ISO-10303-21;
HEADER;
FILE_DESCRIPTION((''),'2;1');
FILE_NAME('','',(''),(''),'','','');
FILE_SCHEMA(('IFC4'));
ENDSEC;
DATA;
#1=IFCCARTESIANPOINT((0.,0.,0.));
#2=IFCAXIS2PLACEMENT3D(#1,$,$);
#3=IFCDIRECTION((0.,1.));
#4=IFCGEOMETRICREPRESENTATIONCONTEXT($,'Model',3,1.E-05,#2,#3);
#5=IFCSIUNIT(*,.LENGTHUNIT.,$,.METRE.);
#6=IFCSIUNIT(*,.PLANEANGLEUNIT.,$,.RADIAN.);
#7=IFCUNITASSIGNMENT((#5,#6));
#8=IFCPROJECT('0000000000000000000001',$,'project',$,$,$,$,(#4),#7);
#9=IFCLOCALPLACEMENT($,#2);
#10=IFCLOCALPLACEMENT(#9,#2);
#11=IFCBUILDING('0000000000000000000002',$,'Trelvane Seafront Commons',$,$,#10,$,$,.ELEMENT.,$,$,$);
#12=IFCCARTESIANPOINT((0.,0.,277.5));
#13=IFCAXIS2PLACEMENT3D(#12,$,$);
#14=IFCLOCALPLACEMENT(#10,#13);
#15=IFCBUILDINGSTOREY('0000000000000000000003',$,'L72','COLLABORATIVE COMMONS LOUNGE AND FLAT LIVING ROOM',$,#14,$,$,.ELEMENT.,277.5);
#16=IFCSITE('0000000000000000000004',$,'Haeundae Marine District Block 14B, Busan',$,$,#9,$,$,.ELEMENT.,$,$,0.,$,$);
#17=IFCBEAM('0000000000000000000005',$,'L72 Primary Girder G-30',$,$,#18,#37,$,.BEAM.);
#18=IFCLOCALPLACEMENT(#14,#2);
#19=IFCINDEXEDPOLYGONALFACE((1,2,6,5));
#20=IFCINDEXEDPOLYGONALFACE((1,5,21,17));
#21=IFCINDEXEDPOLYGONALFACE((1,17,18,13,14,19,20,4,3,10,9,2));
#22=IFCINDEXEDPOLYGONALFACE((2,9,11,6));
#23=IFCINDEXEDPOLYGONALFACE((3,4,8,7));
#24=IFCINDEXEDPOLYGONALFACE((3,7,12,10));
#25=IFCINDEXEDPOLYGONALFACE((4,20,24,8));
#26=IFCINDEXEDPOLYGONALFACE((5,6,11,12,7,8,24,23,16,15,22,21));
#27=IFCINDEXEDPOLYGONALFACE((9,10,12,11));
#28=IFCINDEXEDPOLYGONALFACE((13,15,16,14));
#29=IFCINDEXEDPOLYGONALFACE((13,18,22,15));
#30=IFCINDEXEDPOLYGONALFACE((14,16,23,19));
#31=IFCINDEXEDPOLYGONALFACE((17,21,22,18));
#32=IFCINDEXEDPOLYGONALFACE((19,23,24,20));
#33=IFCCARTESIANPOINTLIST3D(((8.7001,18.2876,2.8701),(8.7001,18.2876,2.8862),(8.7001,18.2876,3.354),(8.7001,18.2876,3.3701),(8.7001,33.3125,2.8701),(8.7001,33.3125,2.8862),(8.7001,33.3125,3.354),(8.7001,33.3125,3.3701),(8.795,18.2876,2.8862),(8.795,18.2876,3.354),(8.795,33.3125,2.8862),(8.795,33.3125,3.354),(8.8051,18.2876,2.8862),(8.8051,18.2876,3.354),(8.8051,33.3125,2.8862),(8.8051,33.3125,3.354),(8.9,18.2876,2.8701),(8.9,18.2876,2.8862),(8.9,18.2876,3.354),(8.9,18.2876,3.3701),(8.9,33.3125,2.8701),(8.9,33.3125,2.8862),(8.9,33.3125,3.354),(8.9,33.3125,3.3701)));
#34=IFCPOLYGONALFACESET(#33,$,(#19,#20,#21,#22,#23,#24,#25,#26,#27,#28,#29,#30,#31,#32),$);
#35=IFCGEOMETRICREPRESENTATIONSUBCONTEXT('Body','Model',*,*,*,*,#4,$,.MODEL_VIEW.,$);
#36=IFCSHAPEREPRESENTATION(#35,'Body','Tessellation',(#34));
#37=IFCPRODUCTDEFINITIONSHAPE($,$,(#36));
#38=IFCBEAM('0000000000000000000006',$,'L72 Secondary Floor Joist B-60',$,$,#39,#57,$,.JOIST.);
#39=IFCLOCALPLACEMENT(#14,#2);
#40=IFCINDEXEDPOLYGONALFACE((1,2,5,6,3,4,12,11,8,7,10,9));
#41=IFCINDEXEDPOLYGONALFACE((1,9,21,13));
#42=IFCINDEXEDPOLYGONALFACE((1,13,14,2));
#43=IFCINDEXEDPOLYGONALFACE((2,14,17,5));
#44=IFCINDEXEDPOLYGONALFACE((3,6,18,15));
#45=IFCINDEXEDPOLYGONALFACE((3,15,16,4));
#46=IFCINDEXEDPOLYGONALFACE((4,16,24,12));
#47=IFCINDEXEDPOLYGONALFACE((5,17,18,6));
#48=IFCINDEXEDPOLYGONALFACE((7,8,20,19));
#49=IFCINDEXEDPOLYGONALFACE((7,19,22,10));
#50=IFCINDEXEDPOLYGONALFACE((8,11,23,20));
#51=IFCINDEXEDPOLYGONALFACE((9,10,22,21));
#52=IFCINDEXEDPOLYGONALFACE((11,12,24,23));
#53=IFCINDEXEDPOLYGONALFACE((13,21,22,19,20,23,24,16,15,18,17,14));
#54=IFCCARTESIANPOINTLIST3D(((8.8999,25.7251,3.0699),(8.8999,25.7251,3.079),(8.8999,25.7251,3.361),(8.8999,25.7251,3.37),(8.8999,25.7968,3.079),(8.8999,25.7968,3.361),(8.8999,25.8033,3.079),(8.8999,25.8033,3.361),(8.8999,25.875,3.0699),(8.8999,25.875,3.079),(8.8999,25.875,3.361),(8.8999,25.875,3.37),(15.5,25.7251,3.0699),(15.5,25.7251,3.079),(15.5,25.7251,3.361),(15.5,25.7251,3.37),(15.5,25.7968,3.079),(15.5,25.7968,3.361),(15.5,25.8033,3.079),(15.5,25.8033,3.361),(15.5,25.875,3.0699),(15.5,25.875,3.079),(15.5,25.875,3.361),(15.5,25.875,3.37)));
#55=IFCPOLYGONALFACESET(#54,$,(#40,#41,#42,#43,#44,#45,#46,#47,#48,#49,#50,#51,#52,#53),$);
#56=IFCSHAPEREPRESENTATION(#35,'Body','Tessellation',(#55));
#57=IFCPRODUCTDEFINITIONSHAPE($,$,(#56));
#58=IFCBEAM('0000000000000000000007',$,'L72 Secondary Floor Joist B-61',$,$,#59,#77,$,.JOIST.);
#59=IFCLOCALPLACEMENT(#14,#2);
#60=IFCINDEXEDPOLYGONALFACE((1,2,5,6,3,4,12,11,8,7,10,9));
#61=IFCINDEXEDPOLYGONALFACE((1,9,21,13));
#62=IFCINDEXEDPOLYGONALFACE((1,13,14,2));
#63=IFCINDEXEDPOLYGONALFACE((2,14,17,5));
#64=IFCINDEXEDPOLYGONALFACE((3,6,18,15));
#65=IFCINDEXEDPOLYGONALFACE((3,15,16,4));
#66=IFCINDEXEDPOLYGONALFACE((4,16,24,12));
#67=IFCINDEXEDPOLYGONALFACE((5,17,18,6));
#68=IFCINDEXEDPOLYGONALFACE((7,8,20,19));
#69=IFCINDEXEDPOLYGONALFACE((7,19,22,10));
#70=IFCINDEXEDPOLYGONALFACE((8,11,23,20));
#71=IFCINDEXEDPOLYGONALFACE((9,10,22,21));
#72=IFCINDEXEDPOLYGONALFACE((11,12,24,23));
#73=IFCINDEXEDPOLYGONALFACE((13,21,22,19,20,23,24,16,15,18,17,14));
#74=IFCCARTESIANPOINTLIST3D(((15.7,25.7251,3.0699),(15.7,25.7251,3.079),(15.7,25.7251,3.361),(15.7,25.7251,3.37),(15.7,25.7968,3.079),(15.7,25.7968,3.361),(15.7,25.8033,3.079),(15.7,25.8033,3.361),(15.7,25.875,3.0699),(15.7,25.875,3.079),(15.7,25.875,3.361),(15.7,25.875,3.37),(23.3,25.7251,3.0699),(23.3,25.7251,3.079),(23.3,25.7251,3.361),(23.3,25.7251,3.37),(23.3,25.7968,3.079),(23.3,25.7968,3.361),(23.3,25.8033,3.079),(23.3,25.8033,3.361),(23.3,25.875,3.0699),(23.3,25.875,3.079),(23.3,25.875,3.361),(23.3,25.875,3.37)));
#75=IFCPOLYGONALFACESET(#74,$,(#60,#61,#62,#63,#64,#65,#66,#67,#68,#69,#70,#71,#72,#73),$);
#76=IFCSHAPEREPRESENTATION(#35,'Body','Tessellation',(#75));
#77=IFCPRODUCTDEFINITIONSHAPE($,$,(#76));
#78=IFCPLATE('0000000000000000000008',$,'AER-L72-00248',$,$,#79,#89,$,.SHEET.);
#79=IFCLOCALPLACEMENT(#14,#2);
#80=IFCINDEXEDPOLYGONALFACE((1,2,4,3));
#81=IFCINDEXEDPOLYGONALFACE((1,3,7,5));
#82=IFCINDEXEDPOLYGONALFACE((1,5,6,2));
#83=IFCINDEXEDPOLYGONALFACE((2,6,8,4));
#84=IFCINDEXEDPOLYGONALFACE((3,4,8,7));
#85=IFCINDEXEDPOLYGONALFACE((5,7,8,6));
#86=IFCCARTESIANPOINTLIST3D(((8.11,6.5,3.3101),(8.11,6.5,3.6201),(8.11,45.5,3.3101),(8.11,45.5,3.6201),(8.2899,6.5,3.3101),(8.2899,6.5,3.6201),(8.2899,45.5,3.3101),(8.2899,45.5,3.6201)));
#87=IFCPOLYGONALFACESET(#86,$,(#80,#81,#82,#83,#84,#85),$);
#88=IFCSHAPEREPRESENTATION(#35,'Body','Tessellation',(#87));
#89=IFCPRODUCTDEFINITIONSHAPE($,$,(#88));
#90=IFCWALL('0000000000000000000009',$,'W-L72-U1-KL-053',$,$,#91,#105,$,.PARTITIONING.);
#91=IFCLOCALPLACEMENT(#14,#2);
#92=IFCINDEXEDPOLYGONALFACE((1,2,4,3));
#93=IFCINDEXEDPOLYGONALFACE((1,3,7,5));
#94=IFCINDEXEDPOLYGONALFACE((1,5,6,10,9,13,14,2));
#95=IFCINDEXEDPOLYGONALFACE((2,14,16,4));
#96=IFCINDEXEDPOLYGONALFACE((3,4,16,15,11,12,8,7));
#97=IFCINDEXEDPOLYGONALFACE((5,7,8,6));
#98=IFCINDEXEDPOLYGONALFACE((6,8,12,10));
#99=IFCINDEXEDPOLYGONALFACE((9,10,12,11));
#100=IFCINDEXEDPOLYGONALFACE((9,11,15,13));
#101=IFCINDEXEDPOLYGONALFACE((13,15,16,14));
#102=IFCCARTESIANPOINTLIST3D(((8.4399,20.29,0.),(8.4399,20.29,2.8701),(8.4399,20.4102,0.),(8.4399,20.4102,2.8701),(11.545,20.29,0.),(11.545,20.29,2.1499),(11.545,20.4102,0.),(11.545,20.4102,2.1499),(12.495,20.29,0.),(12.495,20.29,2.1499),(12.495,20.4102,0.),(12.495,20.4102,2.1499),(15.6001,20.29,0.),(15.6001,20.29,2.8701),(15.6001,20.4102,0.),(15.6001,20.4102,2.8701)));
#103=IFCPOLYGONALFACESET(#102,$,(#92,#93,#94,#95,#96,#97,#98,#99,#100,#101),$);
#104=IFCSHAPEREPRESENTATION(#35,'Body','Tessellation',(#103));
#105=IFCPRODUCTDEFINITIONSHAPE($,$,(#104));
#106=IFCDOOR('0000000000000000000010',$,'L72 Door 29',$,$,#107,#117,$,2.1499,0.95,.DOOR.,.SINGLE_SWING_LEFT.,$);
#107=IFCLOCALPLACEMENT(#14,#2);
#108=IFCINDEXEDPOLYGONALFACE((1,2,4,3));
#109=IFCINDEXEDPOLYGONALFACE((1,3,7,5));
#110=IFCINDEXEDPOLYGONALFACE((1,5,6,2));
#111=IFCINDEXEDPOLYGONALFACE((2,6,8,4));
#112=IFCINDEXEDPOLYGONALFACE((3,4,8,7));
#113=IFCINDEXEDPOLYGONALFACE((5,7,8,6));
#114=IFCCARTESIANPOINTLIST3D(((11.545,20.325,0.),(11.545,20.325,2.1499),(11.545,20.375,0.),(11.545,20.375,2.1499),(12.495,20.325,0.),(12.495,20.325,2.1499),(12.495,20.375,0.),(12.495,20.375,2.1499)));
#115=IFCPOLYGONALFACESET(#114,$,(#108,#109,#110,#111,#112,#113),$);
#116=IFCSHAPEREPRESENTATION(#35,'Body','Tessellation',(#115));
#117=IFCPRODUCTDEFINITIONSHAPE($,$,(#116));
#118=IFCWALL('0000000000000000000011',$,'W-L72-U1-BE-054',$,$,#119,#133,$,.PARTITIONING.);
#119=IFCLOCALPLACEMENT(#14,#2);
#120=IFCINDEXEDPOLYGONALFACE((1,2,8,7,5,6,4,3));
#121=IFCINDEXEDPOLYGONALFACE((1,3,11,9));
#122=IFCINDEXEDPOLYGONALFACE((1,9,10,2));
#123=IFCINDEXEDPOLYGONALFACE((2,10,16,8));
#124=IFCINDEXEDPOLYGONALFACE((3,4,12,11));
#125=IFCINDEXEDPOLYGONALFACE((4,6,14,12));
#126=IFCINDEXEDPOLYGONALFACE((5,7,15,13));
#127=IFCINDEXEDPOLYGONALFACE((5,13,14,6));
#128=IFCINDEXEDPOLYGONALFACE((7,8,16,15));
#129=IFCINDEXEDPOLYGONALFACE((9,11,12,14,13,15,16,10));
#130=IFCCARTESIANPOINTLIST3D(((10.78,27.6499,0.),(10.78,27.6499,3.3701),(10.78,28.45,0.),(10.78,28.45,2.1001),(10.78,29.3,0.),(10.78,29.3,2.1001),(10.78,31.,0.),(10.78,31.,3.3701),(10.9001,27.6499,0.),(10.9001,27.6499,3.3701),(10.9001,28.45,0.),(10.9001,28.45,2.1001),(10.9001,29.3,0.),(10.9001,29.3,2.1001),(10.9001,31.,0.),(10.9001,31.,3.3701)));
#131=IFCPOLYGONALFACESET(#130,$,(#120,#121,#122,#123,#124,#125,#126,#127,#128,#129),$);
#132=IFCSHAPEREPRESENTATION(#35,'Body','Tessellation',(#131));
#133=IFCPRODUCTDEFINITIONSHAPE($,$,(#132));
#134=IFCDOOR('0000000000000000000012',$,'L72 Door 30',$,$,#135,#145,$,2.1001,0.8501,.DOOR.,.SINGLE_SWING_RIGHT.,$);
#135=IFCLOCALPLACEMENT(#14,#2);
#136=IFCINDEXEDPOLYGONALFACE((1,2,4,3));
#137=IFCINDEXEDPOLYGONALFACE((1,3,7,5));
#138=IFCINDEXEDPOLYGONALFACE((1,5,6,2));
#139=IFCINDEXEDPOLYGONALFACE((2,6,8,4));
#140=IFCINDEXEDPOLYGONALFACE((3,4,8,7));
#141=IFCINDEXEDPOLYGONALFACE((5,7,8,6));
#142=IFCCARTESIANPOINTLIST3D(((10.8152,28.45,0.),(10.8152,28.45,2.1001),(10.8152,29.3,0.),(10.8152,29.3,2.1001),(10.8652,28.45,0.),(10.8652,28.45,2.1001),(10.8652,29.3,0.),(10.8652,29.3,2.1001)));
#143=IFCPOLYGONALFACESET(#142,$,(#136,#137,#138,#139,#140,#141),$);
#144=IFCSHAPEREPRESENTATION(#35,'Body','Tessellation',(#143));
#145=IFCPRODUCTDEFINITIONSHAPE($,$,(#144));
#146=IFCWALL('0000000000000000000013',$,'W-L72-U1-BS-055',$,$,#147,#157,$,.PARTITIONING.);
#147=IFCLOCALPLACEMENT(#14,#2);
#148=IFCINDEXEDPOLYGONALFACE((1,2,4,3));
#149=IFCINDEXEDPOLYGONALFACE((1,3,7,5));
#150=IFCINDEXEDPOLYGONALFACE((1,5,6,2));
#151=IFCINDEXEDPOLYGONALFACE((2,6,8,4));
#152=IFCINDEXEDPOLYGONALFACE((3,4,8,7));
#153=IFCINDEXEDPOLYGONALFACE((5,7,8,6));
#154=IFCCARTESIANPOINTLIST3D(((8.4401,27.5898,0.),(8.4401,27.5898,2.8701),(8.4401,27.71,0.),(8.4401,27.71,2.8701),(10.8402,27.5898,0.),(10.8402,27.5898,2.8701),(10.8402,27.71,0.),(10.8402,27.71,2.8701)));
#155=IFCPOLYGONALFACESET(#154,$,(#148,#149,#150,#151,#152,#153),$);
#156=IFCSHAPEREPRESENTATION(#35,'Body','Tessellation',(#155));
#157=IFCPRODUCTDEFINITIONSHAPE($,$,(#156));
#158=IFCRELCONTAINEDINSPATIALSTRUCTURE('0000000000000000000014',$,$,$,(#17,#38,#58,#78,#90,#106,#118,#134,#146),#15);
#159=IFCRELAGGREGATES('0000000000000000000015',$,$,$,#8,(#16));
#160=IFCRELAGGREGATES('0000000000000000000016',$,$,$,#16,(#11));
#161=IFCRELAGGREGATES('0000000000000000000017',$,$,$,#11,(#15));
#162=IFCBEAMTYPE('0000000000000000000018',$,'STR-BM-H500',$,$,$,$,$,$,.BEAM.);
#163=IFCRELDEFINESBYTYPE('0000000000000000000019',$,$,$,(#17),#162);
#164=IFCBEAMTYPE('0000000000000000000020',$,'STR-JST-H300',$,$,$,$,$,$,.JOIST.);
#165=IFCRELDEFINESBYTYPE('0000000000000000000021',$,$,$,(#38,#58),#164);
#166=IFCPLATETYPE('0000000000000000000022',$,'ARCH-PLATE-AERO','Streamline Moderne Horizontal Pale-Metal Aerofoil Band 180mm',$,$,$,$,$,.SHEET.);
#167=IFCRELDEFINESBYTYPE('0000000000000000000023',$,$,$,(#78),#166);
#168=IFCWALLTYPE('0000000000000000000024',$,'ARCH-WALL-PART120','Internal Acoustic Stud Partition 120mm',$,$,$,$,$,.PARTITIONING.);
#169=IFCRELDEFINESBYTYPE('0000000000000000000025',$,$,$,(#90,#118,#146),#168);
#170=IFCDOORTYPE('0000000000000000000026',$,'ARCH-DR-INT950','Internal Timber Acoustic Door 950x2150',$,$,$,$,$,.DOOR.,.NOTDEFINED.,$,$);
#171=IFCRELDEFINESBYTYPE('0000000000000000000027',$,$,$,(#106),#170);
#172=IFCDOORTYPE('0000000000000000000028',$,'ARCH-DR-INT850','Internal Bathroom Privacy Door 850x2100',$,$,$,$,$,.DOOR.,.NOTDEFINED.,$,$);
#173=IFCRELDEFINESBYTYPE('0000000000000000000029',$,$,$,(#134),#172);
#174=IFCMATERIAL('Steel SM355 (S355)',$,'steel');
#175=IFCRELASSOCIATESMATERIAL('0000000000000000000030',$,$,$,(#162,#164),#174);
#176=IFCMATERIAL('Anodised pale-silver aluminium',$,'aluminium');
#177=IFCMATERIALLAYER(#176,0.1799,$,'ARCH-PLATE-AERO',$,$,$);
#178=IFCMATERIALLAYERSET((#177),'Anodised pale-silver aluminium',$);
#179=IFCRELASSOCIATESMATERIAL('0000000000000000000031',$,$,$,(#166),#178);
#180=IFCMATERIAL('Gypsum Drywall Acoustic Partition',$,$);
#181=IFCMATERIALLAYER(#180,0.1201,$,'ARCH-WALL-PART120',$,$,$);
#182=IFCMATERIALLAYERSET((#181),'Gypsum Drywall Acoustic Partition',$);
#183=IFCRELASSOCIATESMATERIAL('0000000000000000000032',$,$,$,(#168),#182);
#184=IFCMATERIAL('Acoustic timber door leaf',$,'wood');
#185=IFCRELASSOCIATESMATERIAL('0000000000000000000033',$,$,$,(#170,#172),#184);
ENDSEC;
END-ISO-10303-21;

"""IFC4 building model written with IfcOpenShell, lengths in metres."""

from ifc_helpers import new_model, si_unit, direction, frame, frame_2d, origin, origin_2d, place, context, subcontext, project, spatial, rectangle, i_section, extrude, source, transform, mapped, material, layer, layer_set, material_profile, profile_set, type_object, element, fill, save


model = new_model("IFC4")

# Units and contexts
model_context = context("Model", 3, precision=1e-05, world=origin(), true_north=direction((0.0, 1.0)))
body_context = subcontext(model_context, "Body", "Model", "MODEL_VIEW")
ifc_project = project(units=[si_unit("LENGTHUNIT", "METRE"), si_unit("PLANEANGLEUNIT", "RADIAN")], contexts=[model_context])

# Site, building, storey
site_placement = place(None, origin())
site = spatial("IfcSite", under=ifc_project, at=site_placement, Name="Haeundae Marine District Block 14B, Busan", CompositionType="ELEMENT", RefElevation=0.0)
building_placement = place(site_placement, origin())
building = spatial("IfcBuilding", under=site, at=building_placement, Name="Trelvane Seafront Commons", CompositionType="ELEMENT")
storey_placement = place(building_placement, frame((0.0, 0.0, 277.5)))
storey = spatial("IfcBuildingStorey", under=building, at=storey_placement, Name="L72", Description="COLLABORATIVE COMMONS LOUNGE AND FLAT LIVING ROOM", CompositionType="ELEMENT", Elevation=277.5)

# Shared definitions
ifc_material_1 = material(Name="Steel SM355 (S355)", Category="steel")

# Beams
ifc_material_profile_1 = material_profile(ifc_material_1, i_section(OverallWidth=0.2, OverallDepth=0.5, WebThickness=0.01, FlangeThickness=0.0161, at=origin_2d()), Name="H-500x200x10x16")
ifc_profile_set_1 = profile_set([ifc_material_profile_1], Name="Steel SM355 (S355)")
beam_type_1 = type_object("IfcBeamType", Name="STR-BM-H500", PredefinedType="BEAM", material=ifc_profile_set_1)
shared_shape_1 = source(origin(), body_context, "Body", "SweptSolid", [
    extrude(i_section(OverallWidth=0.2, OverallDepth=0.5, WebThickness=0.01, FlangeThickness=0.0161, at=origin_2d()), origin(), (0.0, 0.0, 1.0), 15.0249),
])
beam_1_placement = place(storey_placement, frame((8.8, 18.2876, 3.1201), z_axis=(0.0, 1.0, 0.0), x_axis=(-1.0, 0.0, 0.0)))
element("IfcBeam", 1, at=beam_1_placement, inside=storey, type_object=beam_type_1, Name="L72 Primary Girder G-30", PredefinedType="BEAM", context=body_context, shape_type="MappedRepresentation", body=[
    mapped(shared_shape_1, transform((0.0, 0.0, 0.0), x_axis=(1.0, 0.0, 0.0), y_axis=(0.0, 1.0, 0.0), z_axis=(0.0, 0.0, 1.0), scale=1.0)),
])
ifc_material_profile_2 = material_profile(ifc_material_1, i_section(OverallWidth=0.1499, OverallDepth=0.3, WebThickness=0.0066, FlangeThickness=0.009, at=origin_2d()), Name="H-300x150x6.5x9")
ifc_profile_set_2 = profile_set([ifc_material_profile_2], Name="Steel SM355 (S355)")
beam_type_2 = type_object("IfcBeamType", Name="STR-JST-H300", PredefinedType="JOIST", material=ifc_profile_set_2)
shared_shape_2 = source(origin(), body_context, "Body", "SweptSolid", [
    extrude(i_section(OverallWidth=0.1499, OverallDepth=0.3, WebThickness=0.0066, FlangeThickness=0.009, at=origin_2d()), origin(), (0.0, 0.0, 1.0), 6.6001),
])
beam_2_placement = place(storey_placement, frame((8.8999, 25.8, 3.22), z_axis=(1.0, 0.0, 0.0), x_axis=(0.0, 1.0, 0.0)))
element("IfcBeam", 2, at=beam_2_placement, inside=storey, type_object=beam_type_2, Name="L72 Secondary Floor Joist B-60", PredefinedType="JOIST", context=body_context, shape_type="MappedRepresentation", body=[
    mapped(shared_shape_2, transform((0.0, 0.0, 0.0), x_axis=(1.0, 0.0, 0.0), y_axis=(0.0, 1.0, 0.0), z_axis=(0.0, 0.0, 1.0), scale=1.0)),
])
shared_shape_3 = source(origin(), body_context, "Body", "SweptSolid", [
    extrude(i_section(OverallWidth=0.1499, OverallDepth=0.3, WebThickness=0.0066, FlangeThickness=0.009, at=origin_2d()), origin(), (0.0, 0.0, 1.0), 7.6001),
])
beam_3_placement = place(storey_placement, frame((15.7, 25.8, 3.22), z_axis=(1.0, 0.0, 0.0), x_axis=(0.0, 1.0, 0.0)))
element("IfcBeam", 3, at=beam_3_placement, inside=storey, type_object=beam_type_2, Name="L72 Secondary Floor Joist B-61", PredefinedType="JOIST", context=body_context, shape_type="MappedRepresentation", body=[
    mapped(shared_shape_3, transform((0.0, 0.0, 0.0), x_axis=(1.0, 0.0, 0.0), y_axis=(0.0, 1.0, 0.0), z_axis=(0.0, 0.0, 1.0), scale=1.0)),
])

# Plate
ifc_material_2 = material(Name="Anodised pale-silver aluminium", Category="aluminium")
ifc_layer_1 = layer(ifc_material_2, 0.1799, Name="ARCH-PLATE-AERO")
ifc_layer_set_1 = layer_set([ifc_layer_1], Name="Anodised pale-silver aluminium")
plate_type = type_object("IfcPlateType", Name="ARCH-PLATE-AERO", Description="Streamline Moderne Horizontal Pale-Metal Aerofoil Band 180mm", PredefinedType="SHEET", material=ifc_layer_set_1)
shared_shape_4 = source(origin(), body_context, "Body", "SweptSolid", [
    extrude(rectangle(XDim=39.0, YDim=0.1799, at=origin_2d()), origin(), (0.0, 0.0, 1.0), 0.3101),
])
plate_placement = place(storey_placement, frame((8.2, 26.0, 3.3101), z_axis=(0.0, 0.0, 1.0), x_axis=(0.0, 1.0, 0.0)))
element("IfcPlate", 4, at=plate_placement, inside=storey, type_object=plate_type, Name="AER-L72-00248", PredefinedType="SHEET", context=body_context, shape_type="MappedRepresentation", body=[
    mapped(shared_shape_4, transform((0.0, 0.0, 0.0), x_axis=(1.0, 0.0, 0.0), y_axis=(0.0, 1.0, 0.0), z_axis=(0.0, 0.0, 1.0), scale=1.0)),
])

# Walls, openings, doors
ifc_material_3 = material(Name="Gypsum Drywall Acoustic Partition")
ifc_layer_2 = layer(ifc_material_3, 0.1201, Name="ARCH-WALL-PART120")
ifc_layer_set_2 = layer_set([ifc_layer_2], Name="Gypsum Drywall Acoustic Partition")
wall_type_1 = type_object("IfcWallType", Name="ARCH-WALL-PART120", Description="Internal Acoustic Stud Partition 120mm", PredefinedType="PARTITIONING", material=ifc_layer_set_2)
wall_1_placement = place(storey_placement, frame((8.4399, 20.3501, 0.0), z_axis=(0.0, 0.0, 1.0), x_axis=(1.0, 0.0, 0.0)))
wall_1 = element("IfcWall", 5, at=wall_1_placement, inside=storey, type_object=wall_type_1, Name="W-L72-U1-KL-053", PredefinedType="PARTITIONING", context=body_context, shape_type="SweptSolid", body=[
    extrude(rectangle(XDim=7.1602, YDim=0.1201, at=frame_2d((3.5801, 0.0))), origin(), (0.0, 0.0, 1.0), 2.8701),
])
opening_1_placement = place(wall_1_placement, frame((3.105, 0.0, 0.0)))
opening_1 = element("IfcOpeningElement", 6, at=opening_1_placement, cuts=wall_1, PredefinedType="OPENING", context=body_context, shape_type="SweptSolid", body=[
    extrude(rectangle(XDim=0.95, YDim=2.1499, at=frame_2d((0.4751, 1.075))), frame((0.0, 0.0701, 0.0), z_axis=(0.0, -1.0, 0.0), x_axis=(1.0, 0.0, 0.0)), (0.0, 0.0, 1.0), 0.1401),
])
ifc_material_4 = material(Name="Acoustic timber door leaf", Category="wood")
door_type_1 = type_object("IfcDoorType", Name="ARCH-DR-INT950", Description="Internal Timber Acoustic Door 950x2150", OperationType="NOTDEFINED", PredefinedType="DOOR", material=ifc_material_4)
shared_shape_5 = source(origin(), body_context, "Body", "SweptSolid", [
    extrude(rectangle(XDim=0.95, YDim=2.1499, at=frame_2d((0.4751, 1.075))), frame((0.0, 0.0249, 0.0), z_axis=(0.0, -1.0, 0.0), x_axis=(1.0, 0.0, 0.0)), (0.0, 0.0, 1.0), 0.05),
])
door_1_placement = place(opening_1_placement, origin())
door_1 = element("IfcDoor", 7, at=door_1_placement, inside=storey, type_object=door_type_1, Name="L72 Door 29", OperationType="SINGLE_SWING_LEFT", OverallHeight=2.1499, OverallWidth=0.95, PredefinedType="DOOR", context=body_context, shape_type="MappedRepresentation", body=[
    mapped(shared_shape_5, transform((0.0, 0.0, 0.0), x_axis=(1.0, 0.0, 0.0), y_axis=(0.0, 1.0, 0.0), z_axis=(0.0, 0.0, 1.0), scale=1.0)),
])
fill(opening_1, door_1)
wall_2_placement = place(storey_placement, frame((10.8401, 27.6499, 0.0), z_axis=(0.0, 0.0, 1.0), x_axis=(0.0, 1.0, 0.0)))
wall_2 = element("IfcWall", 8, at=wall_2_placement, inside=storey, type_object=wall_type_1, Name="W-L72-U1-BE-054", PredefinedType="PARTITIONING", context=body_context, shape_type="SweptSolid", body=[
    extrude(rectangle(XDim=3.3501, YDim=0.1201, at=frame_2d((1.675, 0.0))), origin(), (0.0, 0.0, 1.0), 3.3701),
])
opening_2_placement = place(wall_2_placement, frame((0.8, 0.0, 0.0)))
opening_2 = element("IfcOpeningElement", 9, at=opening_2_placement, cuts=wall_2, PredefinedType="OPENING", context=body_context, shape_type="SweptSolid", body=[
    extrude(rectangle(XDim=0.8501, YDim=2.1001, at=frame_2d((0.425, 1.05))), frame((0.0, 0.0701, 0.0), z_axis=(0.0, -1.0, 0.0), x_axis=(1.0, 0.0, 0.0)), (0.0, 0.0, 1.0), 0.1401),
])
door_type_2 = type_object("IfcDoorType", Name="ARCH-DR-INT850", Description="Internal Bathroom Privacy Door 850x2100", OperationType="NOTDEFINED", PredefinedType="DOOR", material=ifc_material_4)
shared_shape_6 = source(origin(), body_context, "Body", "SweptSolid", [
    extrude(rectangle(XDim=0.8501, YDim=2.1001, at=frame_2d((0.425, 1.05))), frame((0.0, 0.0249, 0.0), z_axis=(0.0, -1.0, 0.0), x_axis=(1.0, 0.0, 0.0)), (0.0, 0.0, 1.0), 0.05),
])
door_2_placement = place(opening_2_placement, origin())
door_2 = element("IfcDoor", 10, at=door_2_placement, inside=storey, type_object=door_type_2, Name="L72 Door 30", OperationType="SINGLE_SWING_RIGHT", OverallHeight=2.1001, OverallWidth=0.8501, PredefinedType="DOOR", context=body_context, shape_type="MappedRepresentation", body=[
    mapped(shared_shape_6, transform((0.0, 0.0, 0.0), x_axis=(1.0, 0.0, 0.0), y_axis=(0.0, 1.0, 0.0), z_axis=(0.0, 0.0, 1.0), scale=1.0)),
])
fill(opening_2, door_2)

# Wall
wall_3_placement = place(storey_placement, frame((8.4399, 27.6499, 0.0), z_axis=(0.0, 0.0, 1.0), x_axis=(1.0, 0.0, 0.0)))
element("IfcWall", 11, at=wall_3_placement, inside=storey, type_object=wall_type_1, Name="W-L72-U1-BS-055", PredefinedType="PARTITIONING", context=body_context, shape_type="SweptSolid", body=[
    extrude(rectangle(XDim=2.4001, YDim=0.1201, at=frame_2d((1.2002, 0.0))), origin(), (0.0, 0.0, 1.0), 2.8701),
])

save(model, "model.ifc")
